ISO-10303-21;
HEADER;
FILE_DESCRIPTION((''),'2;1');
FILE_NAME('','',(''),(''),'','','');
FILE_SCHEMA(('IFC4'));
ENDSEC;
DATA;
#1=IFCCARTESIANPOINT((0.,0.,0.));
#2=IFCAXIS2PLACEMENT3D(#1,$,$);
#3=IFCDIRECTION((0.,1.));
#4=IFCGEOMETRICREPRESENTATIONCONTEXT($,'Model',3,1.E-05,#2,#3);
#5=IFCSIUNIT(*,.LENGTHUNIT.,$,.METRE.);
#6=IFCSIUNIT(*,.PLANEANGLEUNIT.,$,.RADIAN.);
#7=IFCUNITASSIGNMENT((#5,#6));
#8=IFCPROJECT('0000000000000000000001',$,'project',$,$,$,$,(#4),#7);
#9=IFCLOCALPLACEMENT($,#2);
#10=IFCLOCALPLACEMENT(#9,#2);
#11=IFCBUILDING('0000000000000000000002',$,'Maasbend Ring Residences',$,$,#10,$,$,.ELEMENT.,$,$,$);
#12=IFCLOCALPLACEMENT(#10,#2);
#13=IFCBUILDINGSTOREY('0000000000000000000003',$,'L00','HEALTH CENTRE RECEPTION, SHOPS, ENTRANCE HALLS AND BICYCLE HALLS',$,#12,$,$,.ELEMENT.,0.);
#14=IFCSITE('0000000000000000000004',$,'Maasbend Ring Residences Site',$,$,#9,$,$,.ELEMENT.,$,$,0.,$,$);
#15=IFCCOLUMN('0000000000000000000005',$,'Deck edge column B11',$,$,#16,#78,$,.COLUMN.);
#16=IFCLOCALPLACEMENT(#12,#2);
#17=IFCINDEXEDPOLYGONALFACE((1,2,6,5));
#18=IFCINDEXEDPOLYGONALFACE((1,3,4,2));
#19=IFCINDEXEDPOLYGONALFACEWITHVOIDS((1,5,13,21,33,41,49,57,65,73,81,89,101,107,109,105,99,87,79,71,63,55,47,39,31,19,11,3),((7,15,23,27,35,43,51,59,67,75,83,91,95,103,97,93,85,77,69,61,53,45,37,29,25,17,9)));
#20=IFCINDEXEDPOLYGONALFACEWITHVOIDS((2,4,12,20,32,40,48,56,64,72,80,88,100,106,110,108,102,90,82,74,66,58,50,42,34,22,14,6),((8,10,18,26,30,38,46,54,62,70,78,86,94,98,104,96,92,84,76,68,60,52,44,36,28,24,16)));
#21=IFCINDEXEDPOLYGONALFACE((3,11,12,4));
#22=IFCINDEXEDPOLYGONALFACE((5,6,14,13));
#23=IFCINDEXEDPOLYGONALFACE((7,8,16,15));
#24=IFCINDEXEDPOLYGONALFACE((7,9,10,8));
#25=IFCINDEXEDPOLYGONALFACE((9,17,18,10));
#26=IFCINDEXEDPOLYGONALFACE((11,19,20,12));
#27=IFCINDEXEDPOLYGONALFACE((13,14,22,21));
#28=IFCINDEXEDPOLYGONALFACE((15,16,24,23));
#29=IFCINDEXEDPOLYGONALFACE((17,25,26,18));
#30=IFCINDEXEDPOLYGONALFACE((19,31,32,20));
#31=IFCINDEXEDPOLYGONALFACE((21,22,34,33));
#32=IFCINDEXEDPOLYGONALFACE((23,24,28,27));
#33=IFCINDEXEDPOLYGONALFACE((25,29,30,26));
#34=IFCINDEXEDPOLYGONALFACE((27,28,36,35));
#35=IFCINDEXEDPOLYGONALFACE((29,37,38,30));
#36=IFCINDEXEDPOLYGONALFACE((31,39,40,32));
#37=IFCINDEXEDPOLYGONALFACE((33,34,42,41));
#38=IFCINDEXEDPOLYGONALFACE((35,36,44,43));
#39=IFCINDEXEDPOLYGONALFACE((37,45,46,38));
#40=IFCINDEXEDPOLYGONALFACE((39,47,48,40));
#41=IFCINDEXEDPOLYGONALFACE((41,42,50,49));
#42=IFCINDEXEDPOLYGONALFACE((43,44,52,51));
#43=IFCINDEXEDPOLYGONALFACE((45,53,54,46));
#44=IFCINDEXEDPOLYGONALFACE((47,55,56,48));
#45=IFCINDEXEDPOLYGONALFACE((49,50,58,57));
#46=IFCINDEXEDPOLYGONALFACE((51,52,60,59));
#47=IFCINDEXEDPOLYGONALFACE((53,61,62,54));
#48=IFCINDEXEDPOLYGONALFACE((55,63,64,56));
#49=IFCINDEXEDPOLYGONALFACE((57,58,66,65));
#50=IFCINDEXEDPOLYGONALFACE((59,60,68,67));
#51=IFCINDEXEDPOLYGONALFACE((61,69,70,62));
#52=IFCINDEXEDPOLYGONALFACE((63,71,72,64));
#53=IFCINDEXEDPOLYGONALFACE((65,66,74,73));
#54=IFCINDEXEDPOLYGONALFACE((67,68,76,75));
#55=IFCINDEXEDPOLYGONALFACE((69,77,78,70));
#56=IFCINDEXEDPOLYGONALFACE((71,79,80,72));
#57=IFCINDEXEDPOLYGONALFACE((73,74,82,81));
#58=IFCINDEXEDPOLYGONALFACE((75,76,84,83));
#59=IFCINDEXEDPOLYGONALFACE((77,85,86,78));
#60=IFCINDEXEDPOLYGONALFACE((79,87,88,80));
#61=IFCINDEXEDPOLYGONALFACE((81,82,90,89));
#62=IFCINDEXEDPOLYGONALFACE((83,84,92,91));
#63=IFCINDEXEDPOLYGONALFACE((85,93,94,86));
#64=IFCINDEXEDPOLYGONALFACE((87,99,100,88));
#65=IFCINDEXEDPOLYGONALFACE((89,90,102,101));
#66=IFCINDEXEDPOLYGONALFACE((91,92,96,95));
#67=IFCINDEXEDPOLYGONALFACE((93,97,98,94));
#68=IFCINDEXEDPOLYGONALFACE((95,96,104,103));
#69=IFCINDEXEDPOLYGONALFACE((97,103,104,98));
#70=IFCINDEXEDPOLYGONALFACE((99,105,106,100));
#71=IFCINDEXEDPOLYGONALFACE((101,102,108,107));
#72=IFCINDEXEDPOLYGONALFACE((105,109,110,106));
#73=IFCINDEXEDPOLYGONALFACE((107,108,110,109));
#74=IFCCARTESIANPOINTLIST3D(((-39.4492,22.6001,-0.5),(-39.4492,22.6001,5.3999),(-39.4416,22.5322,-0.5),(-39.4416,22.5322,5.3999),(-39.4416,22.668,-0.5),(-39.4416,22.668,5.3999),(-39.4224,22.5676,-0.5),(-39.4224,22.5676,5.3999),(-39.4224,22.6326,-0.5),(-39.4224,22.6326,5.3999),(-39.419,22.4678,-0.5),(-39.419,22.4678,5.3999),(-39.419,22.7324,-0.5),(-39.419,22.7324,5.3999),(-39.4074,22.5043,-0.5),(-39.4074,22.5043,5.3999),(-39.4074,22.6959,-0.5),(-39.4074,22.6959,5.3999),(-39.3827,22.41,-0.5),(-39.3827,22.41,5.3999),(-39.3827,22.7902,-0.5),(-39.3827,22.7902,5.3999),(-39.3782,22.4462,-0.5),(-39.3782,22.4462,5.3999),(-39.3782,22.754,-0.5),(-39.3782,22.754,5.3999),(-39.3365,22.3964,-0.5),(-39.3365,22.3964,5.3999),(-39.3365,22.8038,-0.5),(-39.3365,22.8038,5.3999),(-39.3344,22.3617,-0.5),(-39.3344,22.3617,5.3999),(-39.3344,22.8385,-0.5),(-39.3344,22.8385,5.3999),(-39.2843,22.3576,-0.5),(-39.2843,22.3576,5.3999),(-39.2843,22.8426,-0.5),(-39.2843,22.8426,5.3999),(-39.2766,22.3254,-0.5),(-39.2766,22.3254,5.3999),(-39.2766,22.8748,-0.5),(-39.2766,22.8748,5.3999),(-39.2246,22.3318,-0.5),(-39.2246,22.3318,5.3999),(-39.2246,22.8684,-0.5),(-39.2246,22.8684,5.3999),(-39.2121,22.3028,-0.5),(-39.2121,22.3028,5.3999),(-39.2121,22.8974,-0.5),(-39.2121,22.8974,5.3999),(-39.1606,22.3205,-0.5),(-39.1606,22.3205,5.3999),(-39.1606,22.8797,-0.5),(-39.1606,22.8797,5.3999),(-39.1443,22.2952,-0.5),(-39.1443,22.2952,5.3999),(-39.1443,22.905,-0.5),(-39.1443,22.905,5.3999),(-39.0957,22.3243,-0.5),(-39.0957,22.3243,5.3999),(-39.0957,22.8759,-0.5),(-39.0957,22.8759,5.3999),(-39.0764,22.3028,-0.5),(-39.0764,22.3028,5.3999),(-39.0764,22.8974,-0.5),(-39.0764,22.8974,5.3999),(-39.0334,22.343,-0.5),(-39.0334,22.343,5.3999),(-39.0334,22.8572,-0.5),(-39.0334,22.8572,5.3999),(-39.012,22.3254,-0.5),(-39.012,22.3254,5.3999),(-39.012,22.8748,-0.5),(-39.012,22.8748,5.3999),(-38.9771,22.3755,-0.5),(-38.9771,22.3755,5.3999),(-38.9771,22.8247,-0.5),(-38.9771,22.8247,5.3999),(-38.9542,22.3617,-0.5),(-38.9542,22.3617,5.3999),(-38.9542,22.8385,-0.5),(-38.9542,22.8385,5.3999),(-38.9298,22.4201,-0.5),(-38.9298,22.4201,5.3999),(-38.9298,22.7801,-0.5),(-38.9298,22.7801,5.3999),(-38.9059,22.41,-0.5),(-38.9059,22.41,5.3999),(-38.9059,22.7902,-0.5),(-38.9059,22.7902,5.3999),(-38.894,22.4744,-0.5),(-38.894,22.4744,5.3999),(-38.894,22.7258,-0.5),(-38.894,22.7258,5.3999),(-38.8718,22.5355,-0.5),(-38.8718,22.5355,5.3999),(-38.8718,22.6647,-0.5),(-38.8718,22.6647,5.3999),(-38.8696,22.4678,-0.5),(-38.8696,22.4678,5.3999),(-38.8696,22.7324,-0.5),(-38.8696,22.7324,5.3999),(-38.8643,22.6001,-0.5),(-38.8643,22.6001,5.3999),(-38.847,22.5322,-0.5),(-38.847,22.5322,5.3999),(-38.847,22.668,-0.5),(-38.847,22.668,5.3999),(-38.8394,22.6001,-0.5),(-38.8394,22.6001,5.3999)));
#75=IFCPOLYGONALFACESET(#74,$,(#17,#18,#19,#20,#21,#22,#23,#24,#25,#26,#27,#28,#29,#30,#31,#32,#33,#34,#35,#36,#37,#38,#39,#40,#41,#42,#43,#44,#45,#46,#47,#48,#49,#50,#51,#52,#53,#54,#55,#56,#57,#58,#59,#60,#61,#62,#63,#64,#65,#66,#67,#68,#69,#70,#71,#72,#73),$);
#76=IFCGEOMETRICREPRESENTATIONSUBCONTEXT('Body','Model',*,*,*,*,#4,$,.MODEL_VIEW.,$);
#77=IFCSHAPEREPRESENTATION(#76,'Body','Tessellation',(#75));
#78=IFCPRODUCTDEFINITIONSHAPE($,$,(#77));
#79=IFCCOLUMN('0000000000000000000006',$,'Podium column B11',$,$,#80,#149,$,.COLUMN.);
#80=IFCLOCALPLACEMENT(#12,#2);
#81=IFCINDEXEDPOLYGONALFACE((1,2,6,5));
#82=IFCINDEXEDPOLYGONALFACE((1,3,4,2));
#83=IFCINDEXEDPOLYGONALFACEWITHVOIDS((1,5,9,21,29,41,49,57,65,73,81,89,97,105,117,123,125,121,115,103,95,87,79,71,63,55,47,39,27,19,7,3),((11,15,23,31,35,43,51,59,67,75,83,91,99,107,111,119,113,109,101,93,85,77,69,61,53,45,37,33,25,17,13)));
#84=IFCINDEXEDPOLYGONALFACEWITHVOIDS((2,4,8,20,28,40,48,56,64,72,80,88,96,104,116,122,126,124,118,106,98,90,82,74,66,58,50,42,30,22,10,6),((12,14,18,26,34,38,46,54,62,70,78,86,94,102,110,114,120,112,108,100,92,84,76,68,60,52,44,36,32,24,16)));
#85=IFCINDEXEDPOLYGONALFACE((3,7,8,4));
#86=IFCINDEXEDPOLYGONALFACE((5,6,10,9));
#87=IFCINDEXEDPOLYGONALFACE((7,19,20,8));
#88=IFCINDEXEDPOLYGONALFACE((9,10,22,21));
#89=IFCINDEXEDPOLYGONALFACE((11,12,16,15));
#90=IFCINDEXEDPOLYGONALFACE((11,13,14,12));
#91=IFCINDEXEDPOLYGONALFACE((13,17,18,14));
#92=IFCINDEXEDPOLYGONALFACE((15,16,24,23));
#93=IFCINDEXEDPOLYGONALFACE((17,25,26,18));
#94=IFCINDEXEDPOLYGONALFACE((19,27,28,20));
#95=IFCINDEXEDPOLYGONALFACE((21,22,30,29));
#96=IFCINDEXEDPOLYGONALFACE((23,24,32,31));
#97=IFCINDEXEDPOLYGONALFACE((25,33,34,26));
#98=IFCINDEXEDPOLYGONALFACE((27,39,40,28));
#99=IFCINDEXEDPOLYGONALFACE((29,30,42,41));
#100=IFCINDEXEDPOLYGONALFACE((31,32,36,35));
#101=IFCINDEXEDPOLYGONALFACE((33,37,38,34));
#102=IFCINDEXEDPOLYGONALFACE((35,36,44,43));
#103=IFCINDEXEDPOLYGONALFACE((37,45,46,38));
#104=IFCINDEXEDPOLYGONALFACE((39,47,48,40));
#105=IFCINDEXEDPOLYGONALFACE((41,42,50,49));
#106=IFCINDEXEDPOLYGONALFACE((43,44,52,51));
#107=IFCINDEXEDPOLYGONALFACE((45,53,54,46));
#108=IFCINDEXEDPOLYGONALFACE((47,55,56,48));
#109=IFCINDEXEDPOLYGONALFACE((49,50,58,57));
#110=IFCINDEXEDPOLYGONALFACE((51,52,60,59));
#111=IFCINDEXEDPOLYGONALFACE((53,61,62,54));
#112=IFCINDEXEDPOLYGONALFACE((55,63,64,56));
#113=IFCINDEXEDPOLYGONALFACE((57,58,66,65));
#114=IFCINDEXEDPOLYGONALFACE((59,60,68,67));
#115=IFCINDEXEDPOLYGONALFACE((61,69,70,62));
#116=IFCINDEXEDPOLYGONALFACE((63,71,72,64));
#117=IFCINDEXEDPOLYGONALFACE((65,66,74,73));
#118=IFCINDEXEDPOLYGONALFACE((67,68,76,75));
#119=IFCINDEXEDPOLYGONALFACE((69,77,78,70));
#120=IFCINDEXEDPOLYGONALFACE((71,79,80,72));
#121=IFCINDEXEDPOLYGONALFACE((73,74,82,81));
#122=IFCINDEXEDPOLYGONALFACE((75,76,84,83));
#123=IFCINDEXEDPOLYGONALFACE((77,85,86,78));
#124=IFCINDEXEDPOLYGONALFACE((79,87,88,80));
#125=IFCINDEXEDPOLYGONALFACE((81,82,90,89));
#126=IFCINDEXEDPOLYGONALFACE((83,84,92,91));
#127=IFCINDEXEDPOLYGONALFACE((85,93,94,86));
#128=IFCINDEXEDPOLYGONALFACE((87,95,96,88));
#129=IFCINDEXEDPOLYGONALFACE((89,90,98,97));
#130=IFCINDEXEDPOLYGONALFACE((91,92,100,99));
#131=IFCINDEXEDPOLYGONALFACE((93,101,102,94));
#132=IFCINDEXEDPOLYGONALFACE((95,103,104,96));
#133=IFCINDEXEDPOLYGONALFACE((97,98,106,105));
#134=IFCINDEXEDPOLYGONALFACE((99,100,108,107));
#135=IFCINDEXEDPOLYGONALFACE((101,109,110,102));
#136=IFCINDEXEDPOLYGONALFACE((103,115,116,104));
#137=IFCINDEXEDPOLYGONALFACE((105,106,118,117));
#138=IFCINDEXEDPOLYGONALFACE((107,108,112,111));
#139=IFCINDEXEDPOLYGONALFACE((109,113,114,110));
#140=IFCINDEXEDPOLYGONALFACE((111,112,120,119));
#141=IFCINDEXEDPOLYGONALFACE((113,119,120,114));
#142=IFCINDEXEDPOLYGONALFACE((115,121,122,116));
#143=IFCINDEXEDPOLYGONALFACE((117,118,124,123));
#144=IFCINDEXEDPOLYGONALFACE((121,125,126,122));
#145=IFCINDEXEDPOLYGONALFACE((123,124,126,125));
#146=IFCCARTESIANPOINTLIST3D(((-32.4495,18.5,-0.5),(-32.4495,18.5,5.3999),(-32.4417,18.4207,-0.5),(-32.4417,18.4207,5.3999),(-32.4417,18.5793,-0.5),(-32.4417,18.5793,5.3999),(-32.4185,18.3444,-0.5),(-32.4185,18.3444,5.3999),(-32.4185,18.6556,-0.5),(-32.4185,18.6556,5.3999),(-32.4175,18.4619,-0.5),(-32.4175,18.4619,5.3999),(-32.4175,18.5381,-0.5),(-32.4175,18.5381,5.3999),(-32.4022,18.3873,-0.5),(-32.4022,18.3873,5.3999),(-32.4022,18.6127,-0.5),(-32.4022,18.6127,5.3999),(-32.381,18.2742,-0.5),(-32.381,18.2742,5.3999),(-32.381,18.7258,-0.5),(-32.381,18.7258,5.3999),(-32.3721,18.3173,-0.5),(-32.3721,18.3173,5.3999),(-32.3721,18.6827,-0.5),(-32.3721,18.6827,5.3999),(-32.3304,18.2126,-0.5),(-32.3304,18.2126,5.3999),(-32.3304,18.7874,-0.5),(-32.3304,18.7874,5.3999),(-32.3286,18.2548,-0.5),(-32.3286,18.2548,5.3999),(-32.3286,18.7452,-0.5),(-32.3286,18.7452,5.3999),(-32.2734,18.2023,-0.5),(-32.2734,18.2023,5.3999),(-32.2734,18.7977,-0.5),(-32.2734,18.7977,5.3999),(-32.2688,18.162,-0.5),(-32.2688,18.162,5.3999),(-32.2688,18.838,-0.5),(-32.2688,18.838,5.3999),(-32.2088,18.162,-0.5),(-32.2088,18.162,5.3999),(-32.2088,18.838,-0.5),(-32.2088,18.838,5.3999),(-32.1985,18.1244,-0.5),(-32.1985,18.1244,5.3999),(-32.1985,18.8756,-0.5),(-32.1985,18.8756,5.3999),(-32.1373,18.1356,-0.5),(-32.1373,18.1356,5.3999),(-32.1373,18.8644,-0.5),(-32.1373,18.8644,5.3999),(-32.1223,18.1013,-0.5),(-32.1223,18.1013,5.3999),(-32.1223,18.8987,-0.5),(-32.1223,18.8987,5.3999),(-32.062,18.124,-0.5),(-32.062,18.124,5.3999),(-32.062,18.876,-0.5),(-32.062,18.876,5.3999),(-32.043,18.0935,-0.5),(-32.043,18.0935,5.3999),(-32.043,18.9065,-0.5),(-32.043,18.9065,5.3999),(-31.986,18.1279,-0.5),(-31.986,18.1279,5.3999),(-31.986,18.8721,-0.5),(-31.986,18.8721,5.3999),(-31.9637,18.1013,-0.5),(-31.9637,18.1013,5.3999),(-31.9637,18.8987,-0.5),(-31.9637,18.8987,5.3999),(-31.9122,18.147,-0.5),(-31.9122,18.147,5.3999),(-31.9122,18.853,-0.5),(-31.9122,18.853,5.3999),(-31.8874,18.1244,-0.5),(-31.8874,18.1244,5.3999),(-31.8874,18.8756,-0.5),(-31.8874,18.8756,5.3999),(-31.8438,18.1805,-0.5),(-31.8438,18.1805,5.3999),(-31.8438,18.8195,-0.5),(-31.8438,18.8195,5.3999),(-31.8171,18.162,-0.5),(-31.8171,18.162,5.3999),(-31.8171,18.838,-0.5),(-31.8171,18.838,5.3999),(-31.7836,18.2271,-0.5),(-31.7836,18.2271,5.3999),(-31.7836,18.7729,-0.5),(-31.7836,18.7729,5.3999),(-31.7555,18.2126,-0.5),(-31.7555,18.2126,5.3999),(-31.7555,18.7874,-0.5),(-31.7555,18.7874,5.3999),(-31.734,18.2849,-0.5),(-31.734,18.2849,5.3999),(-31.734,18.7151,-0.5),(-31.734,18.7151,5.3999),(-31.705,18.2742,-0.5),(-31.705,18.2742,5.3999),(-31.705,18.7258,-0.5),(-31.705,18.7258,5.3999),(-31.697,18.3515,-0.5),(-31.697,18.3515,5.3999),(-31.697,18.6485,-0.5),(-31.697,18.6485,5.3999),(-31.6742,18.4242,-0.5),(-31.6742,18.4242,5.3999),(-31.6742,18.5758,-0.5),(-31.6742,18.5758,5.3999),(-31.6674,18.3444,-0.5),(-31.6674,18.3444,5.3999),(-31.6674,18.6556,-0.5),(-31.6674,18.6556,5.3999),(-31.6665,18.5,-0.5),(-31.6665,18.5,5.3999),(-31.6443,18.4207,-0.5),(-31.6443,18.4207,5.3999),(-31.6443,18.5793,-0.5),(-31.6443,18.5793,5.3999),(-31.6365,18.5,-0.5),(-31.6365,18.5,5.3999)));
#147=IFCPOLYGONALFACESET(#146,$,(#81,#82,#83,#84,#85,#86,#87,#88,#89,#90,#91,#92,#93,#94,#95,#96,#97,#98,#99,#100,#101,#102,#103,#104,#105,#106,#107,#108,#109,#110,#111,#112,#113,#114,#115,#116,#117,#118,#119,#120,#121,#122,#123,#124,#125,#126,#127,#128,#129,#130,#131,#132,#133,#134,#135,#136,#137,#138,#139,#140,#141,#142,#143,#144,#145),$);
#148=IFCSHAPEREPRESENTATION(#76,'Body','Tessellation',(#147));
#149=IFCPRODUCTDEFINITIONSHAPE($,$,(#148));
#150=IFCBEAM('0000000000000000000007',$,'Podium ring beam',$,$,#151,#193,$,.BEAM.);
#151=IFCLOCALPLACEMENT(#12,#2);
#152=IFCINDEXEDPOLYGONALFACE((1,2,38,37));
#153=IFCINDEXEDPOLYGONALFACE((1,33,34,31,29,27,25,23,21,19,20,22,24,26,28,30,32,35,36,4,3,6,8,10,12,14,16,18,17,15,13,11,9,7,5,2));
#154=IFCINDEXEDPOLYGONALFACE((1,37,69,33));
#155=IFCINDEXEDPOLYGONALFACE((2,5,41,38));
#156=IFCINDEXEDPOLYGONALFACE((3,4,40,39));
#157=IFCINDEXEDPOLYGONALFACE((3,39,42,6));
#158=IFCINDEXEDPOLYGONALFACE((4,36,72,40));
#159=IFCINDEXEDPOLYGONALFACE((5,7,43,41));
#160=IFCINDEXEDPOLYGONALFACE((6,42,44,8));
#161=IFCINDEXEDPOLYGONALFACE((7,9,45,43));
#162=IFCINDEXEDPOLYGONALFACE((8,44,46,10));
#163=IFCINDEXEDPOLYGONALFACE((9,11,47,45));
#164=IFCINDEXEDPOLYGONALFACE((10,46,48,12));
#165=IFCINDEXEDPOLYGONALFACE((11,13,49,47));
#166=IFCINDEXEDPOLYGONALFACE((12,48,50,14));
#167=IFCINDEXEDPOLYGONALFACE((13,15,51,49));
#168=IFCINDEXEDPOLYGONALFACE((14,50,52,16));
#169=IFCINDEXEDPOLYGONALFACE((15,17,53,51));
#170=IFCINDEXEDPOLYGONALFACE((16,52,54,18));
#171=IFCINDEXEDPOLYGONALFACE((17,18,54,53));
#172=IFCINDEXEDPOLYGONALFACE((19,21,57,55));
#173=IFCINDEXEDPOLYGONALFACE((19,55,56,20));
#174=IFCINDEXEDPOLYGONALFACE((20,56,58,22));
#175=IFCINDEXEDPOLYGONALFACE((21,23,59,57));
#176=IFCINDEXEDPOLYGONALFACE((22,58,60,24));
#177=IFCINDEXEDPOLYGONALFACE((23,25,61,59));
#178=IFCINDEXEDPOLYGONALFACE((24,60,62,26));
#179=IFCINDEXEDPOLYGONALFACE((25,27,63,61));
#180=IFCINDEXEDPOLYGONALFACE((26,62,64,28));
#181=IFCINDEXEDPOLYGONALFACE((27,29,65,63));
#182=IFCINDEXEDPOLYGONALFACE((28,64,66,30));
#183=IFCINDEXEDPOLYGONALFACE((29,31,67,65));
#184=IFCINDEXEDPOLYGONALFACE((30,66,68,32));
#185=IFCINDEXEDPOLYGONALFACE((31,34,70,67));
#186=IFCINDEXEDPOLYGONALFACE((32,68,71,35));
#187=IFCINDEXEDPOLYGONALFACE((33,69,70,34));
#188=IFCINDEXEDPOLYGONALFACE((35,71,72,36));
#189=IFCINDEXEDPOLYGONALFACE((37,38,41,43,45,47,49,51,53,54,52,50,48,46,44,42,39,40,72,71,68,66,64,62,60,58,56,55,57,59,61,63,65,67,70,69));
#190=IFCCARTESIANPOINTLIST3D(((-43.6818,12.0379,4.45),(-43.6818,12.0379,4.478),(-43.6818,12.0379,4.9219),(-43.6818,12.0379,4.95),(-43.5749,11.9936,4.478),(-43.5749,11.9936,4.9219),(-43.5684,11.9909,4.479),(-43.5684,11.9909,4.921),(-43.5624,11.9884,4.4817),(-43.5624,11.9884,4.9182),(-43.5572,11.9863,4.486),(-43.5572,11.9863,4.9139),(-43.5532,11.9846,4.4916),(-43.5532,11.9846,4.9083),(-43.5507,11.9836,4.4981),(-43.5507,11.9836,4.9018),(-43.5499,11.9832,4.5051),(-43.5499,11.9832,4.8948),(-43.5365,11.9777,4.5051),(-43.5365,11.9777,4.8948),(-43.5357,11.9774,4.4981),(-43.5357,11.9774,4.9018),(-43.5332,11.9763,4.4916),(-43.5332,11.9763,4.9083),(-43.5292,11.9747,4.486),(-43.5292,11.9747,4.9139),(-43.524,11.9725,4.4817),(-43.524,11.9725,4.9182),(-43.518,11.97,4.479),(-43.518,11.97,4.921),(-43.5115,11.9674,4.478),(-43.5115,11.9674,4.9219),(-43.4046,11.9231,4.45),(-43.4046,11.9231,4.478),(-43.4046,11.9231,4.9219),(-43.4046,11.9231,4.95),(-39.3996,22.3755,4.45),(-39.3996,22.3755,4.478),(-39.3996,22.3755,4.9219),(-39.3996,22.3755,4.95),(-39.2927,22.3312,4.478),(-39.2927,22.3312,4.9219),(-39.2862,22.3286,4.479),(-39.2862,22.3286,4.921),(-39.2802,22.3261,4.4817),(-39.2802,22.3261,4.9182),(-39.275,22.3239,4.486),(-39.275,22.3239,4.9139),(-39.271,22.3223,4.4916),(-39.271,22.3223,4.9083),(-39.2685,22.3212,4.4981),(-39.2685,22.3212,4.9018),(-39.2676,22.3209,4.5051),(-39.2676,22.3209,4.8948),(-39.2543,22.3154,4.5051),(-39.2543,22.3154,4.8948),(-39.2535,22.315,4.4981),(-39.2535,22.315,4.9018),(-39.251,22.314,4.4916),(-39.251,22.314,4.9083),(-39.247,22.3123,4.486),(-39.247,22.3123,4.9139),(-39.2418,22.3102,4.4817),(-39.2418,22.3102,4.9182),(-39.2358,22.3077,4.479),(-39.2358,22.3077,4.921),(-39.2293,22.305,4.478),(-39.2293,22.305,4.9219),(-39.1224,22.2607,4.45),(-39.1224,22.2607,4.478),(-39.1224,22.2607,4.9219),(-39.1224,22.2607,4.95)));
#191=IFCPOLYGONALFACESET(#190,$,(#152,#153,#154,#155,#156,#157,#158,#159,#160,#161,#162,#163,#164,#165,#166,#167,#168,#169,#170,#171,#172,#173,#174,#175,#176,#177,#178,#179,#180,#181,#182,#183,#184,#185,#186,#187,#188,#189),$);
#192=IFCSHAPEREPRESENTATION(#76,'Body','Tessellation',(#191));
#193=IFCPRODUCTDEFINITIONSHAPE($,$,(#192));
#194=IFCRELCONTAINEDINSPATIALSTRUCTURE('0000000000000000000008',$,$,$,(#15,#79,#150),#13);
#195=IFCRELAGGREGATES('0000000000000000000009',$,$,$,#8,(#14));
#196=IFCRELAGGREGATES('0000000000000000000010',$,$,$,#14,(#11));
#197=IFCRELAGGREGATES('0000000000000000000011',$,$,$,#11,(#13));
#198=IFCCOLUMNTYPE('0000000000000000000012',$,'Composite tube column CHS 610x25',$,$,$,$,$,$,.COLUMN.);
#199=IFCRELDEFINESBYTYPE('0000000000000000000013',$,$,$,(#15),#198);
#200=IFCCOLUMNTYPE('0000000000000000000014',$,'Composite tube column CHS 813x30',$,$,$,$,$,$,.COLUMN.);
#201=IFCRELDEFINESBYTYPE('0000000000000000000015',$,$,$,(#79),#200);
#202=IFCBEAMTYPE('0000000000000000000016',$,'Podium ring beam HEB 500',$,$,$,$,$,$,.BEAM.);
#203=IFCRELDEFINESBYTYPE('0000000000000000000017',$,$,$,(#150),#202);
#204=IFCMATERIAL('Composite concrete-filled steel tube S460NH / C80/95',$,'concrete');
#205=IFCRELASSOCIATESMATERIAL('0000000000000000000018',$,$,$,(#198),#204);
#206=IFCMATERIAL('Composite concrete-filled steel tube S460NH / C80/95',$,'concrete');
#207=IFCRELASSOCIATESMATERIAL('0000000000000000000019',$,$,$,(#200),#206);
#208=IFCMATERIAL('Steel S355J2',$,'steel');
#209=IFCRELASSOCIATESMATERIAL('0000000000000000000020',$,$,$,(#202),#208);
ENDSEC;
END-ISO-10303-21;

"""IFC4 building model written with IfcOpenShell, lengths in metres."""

from ifc_helpers import new_model, si_unit, direction, frame, origin, origin_2d, place, context, subcontext, project, spatial, hollow_circle, i_section, extrude, material, material_profile, profile_set, type_object, element, save


model = new_model("IFC4")

# Units and contexts
model_context = context("Model", 3, precision=1e-05, world=origin(), true_north=direction((0.0, 1.0)))
body_context = subcontext(model_context, "Body", "Model", "MODEL_VIEW")
ifc_project = project(units=[si_unit("LENGTHUNIT", "METRE"), si_unit("PLANEANGLEUNIT", "RADIAN")], contexts=[model_context])

# Site, building, storey
site_placement = place(None, origin())
site = spatial("IfcSite", under=ifc_project, at=site_placement, Name="Maasbend Ring Residences Site", CompositionType="ELEMENT", RefElevation=0.0)
building_placement = place(site_placement, origin())
building = spatial("IfcBuilding", under=site, at=building_placement, Name="Maasbend Ring Residences", CompositionType="ELEMENT")
storey_placement = place(building_placement, origin())
storey = spatial("IfcBuildingStorey", under=building, at=storey_placement, Name="L00", Description="HEALTH CENTRE RECEPTION, SHOPS, ENTRANCE HALLS AND BICYCLE HALLS", CompositionType="ELEMENT", Elevation=0.0)

# Columns
ifc_material_1 = material(Name="Composite concrete-filled steel tube S460NH / C80/95", Category="concrete")
ifc_material_profile_1 = material_profile(ifc_material_1, hollow_circle(Radius=0.3049, WallThickness=0.0249, at=origin_2d()), Name="Composite tube column CHS 610x25")
ifc_profile_set_1 = profile_set([ifc_material_profile_1], Name="Composite concrete-filled steel tube S460NH / C80/95")
column_type_1 = type_object("IfcColumnType", Name="Composite tube column CHS 610x25", PredefinedType="COLUMN", material=ifc_profile_set_1)
column_1_placement = place(storey_placement, frame((-39.1443, 22.6001, -0.5), z_axis=(0.0, 0.0, 1.0), x_axis=(1.0, 0.0, 0.0)))
element("IfcColumn", 1, at=column_1_placement, inside=storey, type_object=column_type_1, Name="Deck edge column B11", PredefinedType="COLUMN", context=body_context, shape_type="SweptSolid", body=[
    extrude(hollow_circle(Radius=0.3049, WallThickness=0.0249, at=origin_2d()), origin(), (0.0, 0.0, 1.0), 5.8999),
])
ifc_material_2 = material(Name="Composite concrete-filled steel tube S460NH / C80/95", Category="concrete")
ifc_material_profile_2 = material_profile(ifc_material_2, hollow_circle(Radius=0.4065, WallThickness=0.03, at=origin_2d()), Name="Composite tube column CHS 813x30")
ifc_profile_set_2 = profile_set([ifc_material_profile_2], Name="Composite concrete-filled steel tube S460NH / C80/95")
column_type_2 = type_object("IfcColumnType", Name="Composite tube column CHS 813x30", PredefinedType="COLUMN", material=ifc_profile_set_2)
column_2_placement = place(storey_placement, frame((-32.043, 18.5, -0.5), z_axis=(0.0, 0.0, 1.0), x_axis=(1.0, 0.0, 0.0)))
element("IfcColumn", 2, at=column_2_placement, inside=storey, type_object=column_type_2, Name="Podium column B11", PredefinedType="COLUMN", context=body_context, shape_type="SweptSolid", body=[
    extrude(hollow_circle(Radius=0.4065, WallThickness=0.03, at=origin_2d()), origin(), (0.0, 0.0, 1.0), 5.8999),
])

# Beam
ifc_material_3 = material(Name="Steel S355J2", Category="steel")
ifc_material_profile_3 = material_profile(ifc_material_3, i_section(OverallWidth=0.3, OverallDepth=0.5, WebThickness=0.0144, FlangeThickness=0.0281, FilletRadius=0.0271, at=origin_2d()), Name="HEB 500")
ifc_profile_set_3 = profile_set([ifc_material_profile_3], Name="Steel S355J2")
beam_type_1 = type_object("IfcBeamType", Name="Podium ring beam HEB 500", PredefinedType="BEAM", material=ifc_profile_set_3)
beam_1_placement = place(storey_placement, frame((-39.261, 22.3181, 4.7), z_axis=(-0.382701, -0.923872, 0.0), x_axis=(0.923872, -0.382701, 0.0)))
element("IfcBeam", 3, at=beam_1_placement, inside=storey, type_object=beam_type_1, Name="Podium ring beam", PredefinedType="BEAM", context=body_context, shape_type="SweptSolid", body=[
    extrude(i_section(OverallWidth=0.3, OverallDepth=0.5, WebThickness=0.0144, FlangeThickness=0.0281, FilletRadius=0.0271, at=origin_2d()), origin(), (0.0, 0.0, 1.0), 11.1895),
])

save(model, "model.ifc")
